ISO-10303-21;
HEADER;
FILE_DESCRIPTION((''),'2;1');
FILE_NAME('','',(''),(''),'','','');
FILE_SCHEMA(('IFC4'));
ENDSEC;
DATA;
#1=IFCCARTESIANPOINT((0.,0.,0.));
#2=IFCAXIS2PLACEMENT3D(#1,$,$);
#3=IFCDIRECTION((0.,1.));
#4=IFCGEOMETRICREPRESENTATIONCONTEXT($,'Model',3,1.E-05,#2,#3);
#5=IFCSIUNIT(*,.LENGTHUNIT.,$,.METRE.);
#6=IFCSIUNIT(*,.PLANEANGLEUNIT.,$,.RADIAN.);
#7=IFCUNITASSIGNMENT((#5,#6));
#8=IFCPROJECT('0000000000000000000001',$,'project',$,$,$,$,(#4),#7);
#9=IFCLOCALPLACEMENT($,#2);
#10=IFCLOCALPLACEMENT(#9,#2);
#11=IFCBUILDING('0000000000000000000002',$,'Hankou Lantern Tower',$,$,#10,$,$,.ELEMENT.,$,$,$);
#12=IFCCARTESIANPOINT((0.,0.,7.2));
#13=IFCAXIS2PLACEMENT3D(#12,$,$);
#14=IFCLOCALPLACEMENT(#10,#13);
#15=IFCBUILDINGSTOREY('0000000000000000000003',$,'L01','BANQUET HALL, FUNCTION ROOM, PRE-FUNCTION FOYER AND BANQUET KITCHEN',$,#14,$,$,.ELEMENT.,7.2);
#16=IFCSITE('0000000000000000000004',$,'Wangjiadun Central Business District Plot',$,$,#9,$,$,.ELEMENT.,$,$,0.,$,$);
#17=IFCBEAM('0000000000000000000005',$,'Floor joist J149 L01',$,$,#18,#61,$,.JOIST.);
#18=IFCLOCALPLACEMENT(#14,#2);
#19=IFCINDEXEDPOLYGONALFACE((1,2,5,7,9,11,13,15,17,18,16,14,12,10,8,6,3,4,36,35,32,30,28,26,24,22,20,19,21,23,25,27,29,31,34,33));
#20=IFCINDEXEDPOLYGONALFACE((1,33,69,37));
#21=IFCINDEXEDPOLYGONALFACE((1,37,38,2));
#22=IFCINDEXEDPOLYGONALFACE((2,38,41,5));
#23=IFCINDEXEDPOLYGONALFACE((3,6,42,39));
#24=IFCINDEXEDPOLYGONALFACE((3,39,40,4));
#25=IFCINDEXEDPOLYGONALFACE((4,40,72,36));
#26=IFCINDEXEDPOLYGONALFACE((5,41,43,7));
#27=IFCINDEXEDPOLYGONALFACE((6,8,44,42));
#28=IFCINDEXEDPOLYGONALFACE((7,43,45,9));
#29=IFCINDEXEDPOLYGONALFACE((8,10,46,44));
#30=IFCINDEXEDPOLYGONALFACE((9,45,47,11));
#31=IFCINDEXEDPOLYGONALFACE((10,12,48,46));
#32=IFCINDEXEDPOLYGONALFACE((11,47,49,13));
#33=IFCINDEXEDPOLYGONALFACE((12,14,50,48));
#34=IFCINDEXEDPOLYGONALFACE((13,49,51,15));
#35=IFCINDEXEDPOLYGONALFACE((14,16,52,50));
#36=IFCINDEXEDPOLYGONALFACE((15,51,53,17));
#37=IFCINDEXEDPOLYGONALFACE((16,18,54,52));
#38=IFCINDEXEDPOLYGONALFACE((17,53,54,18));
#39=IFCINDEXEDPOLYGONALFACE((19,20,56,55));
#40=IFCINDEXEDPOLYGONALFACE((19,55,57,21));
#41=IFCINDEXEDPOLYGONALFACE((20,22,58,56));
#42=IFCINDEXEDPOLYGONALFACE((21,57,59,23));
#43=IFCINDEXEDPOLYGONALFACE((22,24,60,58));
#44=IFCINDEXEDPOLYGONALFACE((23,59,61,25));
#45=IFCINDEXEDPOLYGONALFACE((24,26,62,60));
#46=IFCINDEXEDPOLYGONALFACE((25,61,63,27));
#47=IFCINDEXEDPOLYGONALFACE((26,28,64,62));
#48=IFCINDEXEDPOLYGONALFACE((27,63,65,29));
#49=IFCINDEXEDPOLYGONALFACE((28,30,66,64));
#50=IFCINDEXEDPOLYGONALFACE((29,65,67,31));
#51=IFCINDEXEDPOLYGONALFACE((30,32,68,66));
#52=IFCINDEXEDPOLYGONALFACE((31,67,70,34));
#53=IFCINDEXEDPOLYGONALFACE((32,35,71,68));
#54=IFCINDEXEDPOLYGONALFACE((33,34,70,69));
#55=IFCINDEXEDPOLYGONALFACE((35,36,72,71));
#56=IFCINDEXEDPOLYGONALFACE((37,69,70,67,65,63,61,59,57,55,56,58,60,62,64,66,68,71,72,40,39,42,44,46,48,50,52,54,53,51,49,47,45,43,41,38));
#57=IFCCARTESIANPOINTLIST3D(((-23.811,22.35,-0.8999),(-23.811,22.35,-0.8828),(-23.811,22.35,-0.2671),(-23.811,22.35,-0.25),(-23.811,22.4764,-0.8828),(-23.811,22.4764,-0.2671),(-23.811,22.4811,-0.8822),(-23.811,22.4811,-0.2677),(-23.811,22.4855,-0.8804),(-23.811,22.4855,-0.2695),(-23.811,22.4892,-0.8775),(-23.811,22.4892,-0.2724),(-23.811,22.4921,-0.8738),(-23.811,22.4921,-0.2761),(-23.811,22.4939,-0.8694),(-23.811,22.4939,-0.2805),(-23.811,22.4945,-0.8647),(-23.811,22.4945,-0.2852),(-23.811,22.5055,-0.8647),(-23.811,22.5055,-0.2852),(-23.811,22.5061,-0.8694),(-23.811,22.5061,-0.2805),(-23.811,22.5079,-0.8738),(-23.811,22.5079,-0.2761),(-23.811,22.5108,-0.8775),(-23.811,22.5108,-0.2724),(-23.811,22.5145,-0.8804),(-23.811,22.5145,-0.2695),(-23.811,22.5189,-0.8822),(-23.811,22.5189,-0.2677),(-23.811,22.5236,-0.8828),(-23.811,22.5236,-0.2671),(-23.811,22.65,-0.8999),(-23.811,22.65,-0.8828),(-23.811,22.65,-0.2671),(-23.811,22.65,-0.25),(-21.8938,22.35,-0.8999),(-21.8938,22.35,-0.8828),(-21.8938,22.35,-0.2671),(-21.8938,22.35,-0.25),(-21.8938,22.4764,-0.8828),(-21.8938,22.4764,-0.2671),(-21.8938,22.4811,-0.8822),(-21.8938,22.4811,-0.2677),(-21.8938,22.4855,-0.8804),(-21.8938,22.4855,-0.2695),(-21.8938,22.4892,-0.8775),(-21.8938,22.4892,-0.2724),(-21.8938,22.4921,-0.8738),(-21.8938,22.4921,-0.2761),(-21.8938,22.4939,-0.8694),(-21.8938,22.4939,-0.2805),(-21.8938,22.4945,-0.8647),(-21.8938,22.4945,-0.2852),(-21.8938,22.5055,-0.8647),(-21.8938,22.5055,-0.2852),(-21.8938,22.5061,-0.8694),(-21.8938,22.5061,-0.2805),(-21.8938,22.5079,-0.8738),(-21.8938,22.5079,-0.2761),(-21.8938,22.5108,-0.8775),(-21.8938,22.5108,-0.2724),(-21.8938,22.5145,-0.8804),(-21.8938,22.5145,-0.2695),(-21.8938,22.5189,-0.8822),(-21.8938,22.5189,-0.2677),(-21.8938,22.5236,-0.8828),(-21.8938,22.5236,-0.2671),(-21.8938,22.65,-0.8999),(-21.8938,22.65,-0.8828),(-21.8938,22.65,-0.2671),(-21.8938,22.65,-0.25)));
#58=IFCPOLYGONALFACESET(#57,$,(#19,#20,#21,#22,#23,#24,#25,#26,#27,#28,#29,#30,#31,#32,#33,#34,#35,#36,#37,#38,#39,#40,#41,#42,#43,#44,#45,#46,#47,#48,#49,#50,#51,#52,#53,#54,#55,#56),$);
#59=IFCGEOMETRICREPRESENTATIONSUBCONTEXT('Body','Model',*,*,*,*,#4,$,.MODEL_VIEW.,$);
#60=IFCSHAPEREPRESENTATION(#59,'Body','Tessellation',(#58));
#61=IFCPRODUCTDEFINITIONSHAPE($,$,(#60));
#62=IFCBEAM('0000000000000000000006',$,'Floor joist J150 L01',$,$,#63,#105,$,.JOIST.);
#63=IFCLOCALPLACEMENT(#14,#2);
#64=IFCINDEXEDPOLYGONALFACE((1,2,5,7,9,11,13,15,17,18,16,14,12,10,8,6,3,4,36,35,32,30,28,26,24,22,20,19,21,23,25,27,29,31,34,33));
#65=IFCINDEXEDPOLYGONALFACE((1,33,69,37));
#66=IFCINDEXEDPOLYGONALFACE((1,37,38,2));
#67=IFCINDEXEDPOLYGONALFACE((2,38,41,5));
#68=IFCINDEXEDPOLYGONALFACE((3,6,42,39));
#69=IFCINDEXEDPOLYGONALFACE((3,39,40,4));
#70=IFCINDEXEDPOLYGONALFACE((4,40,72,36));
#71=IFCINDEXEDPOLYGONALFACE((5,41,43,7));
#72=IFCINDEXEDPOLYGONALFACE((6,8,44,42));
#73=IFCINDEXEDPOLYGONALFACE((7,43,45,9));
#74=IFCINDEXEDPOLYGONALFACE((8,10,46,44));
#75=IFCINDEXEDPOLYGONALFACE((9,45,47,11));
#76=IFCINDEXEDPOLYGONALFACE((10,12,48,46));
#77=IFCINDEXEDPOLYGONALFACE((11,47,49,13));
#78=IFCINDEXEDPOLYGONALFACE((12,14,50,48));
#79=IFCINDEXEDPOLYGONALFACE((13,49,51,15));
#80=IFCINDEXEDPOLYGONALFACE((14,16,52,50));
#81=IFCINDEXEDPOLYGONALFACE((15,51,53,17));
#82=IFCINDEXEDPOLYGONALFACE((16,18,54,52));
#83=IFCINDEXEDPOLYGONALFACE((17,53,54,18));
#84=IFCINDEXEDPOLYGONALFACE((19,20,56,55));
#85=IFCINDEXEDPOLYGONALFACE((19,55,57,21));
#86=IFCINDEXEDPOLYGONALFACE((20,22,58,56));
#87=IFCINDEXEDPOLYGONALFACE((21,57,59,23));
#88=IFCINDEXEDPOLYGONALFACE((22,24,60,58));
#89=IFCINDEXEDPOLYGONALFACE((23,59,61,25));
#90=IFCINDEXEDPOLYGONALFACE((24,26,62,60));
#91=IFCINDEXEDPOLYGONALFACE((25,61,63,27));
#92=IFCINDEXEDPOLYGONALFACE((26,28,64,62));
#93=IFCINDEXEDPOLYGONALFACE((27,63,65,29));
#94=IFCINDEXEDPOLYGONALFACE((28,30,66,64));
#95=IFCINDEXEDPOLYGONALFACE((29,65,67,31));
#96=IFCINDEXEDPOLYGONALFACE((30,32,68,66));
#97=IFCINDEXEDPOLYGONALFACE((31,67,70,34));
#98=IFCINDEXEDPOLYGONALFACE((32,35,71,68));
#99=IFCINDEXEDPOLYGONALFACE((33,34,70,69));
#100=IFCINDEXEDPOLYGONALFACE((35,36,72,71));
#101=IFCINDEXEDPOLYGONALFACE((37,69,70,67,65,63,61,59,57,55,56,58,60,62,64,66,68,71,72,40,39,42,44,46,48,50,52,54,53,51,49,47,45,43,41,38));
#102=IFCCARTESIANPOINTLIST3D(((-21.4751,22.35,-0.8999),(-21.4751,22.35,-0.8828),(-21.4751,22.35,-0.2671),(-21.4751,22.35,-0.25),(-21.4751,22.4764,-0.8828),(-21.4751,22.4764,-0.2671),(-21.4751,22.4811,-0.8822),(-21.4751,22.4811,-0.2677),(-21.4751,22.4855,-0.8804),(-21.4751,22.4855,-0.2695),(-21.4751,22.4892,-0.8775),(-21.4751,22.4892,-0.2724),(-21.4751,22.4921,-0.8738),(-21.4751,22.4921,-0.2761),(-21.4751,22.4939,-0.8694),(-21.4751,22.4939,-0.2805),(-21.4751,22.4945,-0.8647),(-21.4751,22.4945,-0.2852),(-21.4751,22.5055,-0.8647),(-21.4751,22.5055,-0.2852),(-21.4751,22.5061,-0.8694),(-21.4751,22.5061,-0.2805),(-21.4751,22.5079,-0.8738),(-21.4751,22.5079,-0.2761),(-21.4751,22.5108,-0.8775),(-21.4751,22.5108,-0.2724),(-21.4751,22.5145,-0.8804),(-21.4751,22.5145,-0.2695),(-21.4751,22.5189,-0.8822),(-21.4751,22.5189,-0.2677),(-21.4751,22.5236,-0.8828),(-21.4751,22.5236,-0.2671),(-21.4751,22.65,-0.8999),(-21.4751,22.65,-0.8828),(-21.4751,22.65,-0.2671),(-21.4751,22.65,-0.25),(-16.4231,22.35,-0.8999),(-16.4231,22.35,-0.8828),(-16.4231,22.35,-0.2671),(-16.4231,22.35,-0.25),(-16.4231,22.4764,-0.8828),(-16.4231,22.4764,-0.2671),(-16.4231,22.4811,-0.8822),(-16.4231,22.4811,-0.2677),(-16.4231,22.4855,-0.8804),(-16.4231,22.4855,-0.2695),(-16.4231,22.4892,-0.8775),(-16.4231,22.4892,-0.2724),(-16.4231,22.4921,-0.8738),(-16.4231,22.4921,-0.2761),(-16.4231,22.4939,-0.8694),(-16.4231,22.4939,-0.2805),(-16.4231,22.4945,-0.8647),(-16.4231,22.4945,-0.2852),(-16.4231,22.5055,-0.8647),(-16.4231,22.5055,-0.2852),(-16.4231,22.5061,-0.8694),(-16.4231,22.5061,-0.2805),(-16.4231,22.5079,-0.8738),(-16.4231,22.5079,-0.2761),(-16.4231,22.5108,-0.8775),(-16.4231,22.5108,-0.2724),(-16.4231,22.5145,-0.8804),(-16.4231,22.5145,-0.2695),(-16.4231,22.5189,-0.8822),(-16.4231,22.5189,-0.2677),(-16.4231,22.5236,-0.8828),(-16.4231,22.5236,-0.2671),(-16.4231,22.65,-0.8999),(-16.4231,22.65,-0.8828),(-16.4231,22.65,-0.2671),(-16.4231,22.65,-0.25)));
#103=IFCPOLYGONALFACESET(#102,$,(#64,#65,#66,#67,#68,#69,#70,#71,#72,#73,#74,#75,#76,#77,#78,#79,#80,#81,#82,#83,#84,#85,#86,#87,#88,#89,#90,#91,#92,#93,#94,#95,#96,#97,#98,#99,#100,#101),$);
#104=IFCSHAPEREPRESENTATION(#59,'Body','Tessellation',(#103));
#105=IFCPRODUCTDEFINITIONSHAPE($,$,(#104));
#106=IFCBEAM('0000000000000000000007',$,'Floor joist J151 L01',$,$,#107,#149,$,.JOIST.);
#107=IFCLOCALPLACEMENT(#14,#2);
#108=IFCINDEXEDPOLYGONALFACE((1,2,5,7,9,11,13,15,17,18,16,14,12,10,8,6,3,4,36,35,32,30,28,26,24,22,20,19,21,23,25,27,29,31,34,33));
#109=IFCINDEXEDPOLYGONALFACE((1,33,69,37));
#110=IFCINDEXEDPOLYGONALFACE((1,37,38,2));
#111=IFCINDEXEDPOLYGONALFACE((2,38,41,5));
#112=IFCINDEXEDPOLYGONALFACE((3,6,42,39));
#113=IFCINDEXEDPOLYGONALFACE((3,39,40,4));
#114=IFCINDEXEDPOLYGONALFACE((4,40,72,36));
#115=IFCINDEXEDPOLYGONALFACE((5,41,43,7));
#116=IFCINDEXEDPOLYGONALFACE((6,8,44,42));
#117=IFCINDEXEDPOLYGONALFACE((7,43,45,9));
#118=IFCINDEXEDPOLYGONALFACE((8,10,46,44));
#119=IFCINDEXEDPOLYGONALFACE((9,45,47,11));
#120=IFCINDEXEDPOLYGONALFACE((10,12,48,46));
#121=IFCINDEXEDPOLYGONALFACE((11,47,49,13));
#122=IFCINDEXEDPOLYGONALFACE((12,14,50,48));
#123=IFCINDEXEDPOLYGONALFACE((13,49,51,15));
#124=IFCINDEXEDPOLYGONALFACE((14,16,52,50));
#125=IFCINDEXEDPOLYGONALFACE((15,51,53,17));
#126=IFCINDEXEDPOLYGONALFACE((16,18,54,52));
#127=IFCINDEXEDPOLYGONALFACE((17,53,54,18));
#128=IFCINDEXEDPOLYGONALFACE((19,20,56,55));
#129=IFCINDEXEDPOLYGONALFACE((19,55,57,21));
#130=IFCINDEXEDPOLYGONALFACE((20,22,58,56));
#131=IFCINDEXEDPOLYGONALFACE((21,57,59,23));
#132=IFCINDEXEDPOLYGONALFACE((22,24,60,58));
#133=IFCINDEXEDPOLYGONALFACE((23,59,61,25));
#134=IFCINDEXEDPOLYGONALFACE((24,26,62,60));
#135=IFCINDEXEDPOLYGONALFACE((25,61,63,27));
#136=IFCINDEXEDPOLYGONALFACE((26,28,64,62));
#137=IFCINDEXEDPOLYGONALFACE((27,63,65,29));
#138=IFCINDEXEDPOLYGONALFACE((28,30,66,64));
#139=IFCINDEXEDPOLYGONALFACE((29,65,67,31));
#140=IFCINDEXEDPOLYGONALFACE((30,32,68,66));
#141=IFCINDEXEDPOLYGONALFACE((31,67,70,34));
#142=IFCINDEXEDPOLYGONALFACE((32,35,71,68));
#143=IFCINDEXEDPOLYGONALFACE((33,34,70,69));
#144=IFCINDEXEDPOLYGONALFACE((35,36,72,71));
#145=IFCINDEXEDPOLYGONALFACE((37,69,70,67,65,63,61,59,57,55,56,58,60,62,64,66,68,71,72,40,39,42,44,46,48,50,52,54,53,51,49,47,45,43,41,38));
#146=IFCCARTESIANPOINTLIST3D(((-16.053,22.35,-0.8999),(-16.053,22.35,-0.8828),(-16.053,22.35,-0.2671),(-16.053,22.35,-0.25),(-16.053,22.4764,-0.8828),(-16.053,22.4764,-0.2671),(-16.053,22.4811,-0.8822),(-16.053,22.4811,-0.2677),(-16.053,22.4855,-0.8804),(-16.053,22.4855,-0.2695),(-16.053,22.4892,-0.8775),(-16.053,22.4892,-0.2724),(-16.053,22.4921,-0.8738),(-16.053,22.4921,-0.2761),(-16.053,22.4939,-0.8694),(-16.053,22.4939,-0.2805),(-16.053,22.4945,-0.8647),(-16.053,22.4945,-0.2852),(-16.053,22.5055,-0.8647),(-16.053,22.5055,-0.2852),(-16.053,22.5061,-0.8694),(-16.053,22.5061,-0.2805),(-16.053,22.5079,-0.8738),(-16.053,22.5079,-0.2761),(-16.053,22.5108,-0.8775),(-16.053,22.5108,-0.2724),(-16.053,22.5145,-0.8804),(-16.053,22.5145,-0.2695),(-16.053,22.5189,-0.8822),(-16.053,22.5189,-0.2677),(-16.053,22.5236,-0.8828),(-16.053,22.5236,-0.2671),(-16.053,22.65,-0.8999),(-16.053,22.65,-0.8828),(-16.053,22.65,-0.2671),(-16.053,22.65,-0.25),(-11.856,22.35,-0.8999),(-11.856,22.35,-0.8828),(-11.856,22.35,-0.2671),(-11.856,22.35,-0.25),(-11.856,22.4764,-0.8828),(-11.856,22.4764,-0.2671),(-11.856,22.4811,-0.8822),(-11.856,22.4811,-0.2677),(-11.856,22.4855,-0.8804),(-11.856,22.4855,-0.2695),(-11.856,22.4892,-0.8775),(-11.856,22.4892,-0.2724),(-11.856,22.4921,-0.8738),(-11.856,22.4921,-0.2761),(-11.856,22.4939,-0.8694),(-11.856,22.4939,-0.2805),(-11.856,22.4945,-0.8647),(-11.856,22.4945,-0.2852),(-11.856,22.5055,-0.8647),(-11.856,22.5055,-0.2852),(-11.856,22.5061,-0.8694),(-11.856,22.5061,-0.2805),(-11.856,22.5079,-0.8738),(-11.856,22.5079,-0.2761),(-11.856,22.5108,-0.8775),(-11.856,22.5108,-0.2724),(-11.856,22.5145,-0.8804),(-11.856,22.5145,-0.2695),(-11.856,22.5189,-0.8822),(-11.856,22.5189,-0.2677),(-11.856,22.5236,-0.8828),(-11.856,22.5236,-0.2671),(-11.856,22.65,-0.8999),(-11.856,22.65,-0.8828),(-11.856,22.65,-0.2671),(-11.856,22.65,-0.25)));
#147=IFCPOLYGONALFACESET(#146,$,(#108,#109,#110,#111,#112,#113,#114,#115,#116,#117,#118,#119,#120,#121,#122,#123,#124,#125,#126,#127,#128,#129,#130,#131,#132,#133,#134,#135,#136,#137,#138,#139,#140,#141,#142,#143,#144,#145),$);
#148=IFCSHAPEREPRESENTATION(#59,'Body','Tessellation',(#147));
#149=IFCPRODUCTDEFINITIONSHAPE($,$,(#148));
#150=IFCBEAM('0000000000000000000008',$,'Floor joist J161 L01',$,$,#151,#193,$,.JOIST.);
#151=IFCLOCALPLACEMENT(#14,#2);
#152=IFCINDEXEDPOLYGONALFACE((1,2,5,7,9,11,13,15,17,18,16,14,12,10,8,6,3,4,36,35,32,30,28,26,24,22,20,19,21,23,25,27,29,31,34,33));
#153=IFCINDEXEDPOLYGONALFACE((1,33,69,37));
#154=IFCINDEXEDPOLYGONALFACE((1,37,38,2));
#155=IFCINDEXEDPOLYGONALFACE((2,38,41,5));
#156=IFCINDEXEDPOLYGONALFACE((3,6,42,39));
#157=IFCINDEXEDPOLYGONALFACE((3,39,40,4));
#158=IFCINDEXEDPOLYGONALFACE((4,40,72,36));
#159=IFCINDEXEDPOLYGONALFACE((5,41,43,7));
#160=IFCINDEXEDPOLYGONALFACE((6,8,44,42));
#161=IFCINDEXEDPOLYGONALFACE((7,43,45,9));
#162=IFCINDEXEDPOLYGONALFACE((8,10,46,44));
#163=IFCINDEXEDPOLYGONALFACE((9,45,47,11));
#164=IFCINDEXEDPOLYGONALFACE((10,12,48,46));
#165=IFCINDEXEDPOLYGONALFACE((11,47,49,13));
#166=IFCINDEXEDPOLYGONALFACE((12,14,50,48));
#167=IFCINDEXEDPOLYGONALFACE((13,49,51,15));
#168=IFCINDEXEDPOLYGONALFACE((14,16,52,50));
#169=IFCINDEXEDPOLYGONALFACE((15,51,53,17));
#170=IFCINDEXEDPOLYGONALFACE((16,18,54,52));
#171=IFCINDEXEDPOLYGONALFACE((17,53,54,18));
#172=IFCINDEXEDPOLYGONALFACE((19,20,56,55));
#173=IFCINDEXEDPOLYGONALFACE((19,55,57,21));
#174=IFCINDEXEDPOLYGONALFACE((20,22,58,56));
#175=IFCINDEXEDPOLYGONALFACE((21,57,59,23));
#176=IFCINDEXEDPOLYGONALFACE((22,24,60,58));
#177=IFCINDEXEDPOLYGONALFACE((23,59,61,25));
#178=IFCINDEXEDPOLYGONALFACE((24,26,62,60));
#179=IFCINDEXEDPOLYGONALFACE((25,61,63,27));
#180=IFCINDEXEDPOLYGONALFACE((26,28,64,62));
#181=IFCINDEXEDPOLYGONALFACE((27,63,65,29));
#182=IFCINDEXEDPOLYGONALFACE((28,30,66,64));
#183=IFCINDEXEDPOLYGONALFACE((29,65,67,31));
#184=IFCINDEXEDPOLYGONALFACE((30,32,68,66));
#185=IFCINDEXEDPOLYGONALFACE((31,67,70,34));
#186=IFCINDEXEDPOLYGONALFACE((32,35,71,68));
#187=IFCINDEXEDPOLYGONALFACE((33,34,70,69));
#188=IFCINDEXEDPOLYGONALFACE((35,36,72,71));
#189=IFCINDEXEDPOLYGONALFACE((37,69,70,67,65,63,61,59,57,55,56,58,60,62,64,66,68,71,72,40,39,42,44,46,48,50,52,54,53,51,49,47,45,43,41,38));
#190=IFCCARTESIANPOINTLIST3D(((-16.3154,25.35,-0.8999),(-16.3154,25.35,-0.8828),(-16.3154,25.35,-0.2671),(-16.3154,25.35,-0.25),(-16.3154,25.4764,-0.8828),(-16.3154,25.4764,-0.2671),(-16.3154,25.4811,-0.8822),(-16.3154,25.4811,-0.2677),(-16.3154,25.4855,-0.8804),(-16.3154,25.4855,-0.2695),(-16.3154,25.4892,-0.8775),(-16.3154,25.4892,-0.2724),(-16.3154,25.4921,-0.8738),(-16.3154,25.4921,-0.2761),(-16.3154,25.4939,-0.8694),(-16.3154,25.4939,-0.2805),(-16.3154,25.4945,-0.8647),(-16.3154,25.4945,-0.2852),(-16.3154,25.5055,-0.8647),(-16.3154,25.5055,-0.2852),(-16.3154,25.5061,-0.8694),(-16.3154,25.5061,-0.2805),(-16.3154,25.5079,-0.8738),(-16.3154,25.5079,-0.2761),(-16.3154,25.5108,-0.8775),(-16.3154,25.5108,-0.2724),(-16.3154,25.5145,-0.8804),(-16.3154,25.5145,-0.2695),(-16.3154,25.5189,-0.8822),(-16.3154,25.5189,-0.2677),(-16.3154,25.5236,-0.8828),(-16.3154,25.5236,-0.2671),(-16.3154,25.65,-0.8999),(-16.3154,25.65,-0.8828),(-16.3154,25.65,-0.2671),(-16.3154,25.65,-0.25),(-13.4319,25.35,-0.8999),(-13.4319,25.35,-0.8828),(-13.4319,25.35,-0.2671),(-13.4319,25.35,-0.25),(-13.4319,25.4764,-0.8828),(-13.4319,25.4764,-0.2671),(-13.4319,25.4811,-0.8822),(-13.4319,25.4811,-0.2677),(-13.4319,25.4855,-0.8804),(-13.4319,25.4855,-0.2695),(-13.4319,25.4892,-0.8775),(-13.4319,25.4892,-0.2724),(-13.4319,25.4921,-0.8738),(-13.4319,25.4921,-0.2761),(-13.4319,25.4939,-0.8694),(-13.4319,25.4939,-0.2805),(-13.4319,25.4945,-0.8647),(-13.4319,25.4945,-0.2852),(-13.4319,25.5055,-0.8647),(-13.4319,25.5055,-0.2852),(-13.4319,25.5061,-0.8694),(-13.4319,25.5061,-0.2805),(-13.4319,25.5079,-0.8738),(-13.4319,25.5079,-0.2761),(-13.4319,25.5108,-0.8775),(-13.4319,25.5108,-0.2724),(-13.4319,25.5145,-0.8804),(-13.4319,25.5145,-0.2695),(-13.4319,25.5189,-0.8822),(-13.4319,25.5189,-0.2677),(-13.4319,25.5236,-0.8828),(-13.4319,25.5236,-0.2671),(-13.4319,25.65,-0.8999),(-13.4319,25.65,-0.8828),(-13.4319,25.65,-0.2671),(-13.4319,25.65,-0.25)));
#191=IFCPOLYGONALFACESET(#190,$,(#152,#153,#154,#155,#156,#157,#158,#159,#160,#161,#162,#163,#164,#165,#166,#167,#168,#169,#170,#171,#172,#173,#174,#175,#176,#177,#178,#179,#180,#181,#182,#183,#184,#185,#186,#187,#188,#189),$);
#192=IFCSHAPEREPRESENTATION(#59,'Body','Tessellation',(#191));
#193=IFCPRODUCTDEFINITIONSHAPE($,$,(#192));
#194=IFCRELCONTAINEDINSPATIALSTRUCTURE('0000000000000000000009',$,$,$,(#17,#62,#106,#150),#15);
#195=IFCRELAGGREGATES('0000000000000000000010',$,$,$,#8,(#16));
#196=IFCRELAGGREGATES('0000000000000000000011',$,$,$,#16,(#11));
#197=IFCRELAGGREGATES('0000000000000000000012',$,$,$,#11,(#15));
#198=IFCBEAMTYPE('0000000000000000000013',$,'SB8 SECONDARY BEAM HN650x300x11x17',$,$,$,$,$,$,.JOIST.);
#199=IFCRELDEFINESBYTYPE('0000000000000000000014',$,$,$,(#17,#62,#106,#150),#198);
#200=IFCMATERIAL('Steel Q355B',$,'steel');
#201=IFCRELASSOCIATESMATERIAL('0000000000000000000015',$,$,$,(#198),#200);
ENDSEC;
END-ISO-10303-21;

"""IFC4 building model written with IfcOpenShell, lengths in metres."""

from ifc_helpers import new_model, si_unit, direction, frame, origin, origin_2d, place, context, subcontext, project, spatial, i_section, extrude, material, material_profile, profile_set, type_object, element, save


model = new_model("IFC4")

# Units and contexts
model_context = context("Model", 3, precision=1e-05, world=origin(), true_north=direction((0.0, 1.0)))
body_context = subcontext(model_context, "Body", "Model", "MODEL_VIEW")
ifc_project = project(units=[si_unit("LENGTHUNIT", "METRE"), si_unit("PLANEANGLEUNIT", "RADIAN")], contexts=[model_context])

# Site, building, storey
site_placement = place(None, origin())
site = spatial("IfcSite", under=ifc_project, at=site_placement, Name="Wangjiadun Central Business District Plot", CompositionType="ELEMENT", RefElevation=0.0)
building_placement = place(site_placement, origin())
building = spatial("IfcBuilding", under=site, at=building_placement, Name="Hankou Lantern Tower", CompositionType="ELEMENT")
storey_placement = place(building_placement, frame((0.0, 0.0, 7.2)))
storey = spatial("IfcBuildingStorey", under=building, at=storey_placement, Name="L01", Description="BANQUET HALL, FUNCTION ROOM, PRE-FUNCTION FOYER AND BANQUET KITCHEN", CompositionType="ELEMENT", Elevation=7.2)

# Beams
ifc_material_1 = material(Name="Steel Q355B", Category="steel")
ifc_material_profile_1 = material_profile(ifc_material_1, i_section(OverallWidth=0.3, OverallDepth=0.6499, WebThickness=0.011, FlangeThickness=0.0171, FilletRadius=0.0181, at=origin_2d()), Name="HN650x300x11x17")
ifc_profile_set_1 = profile_set([ifc_material_profile_1], Name="Steel Q355B")
beam_type_1 = type_object("IfcBeamType", Name="SB8 SECONDARY BEAM HN650x300x11x17", PredefinedType="JOIST", material=ifc_profile_set_1)
beam_1_placement = place(storey_placement, frame((-23.811, 22.5, -0.575), z_axis=(1.0, 0.0, 0.0), x_axis=(0.0, 1.0, 0.0)))
element("IfcBeam", 1, at=beam_1_placement, inside=storey, type_object=beam_type_1, Name="Floor joist J149 L01", PredefinedType="JOIST", context=body_context, shape_type="SweptSolid", body=[
    extrude(i_section(OverallWidth=0.3, OverallDepth=0.6499, WebThickness=0.011, FlangeThickness=0.0171, FilletRadius=0.0181, at=origin_2d()), origin(), (0.0, 0.0, 1.0), 1.9172),
])
beam_2_placement = place(storey_placement, frame((-21.4751, 22.5, -0.575), z_axis=(1.0, 0.0, 0.0), x_axis=(0.0, 1.0, 0.0)))
element("IfcBeam", 2, at=beam_2_placement, inside=storey, type_object=beam_type_1, Name="Floor joist J150 L01", PredefinedType="JOIST", context=body_context, shape_type="SweptSolid", body=[
    extrude(i_section(OverallWidth=0.3, OverallDepth=0.6499, WebThickness=0.011, FlangeThickness=0.0171, FilletRadius=0.0181, at=origin_2d()), origin(), (0.0, 0.0, 1.0), 5.052),
])
beam_3_placement = place(storey_placement, frame((-16.053, 22.5, -0.575), z_axis=(1.0, 0.0, 0.0), x_axis=(0.0, 1.0, 0.0)))
element("IfcBeam", 3, at=beam_3_placement, inside=storey, type_object=beam_type_1, Name="Floor joist J151 L01", PredefinedType="JOIST", context=body_context, shape_type="SweptSolid", body=[
    extrude(i_section(OverallWidth=0.3, OverallDepth=0.6499, WebThickness=0.011, FlangeThickness=0.0171, FilletRadius=0.0181, at=origin_2d()), origin(), (0.0, 0.0, 1.0), 4.197),
])
beam_4_placement = place(storey_placement, frame((-16.3154, 25.5, -0.575), z_axis=(1.0, 0.0, 0.0), x_axis=(0.0, 1.0, 0.0)))
element("IfcBeam", 4, at=beam_4_placement, inside=storey, type_object=beam_type_1, Name="Floor joist J161 L01", PredefinedType="JOIST", context=body_context, shape_type="SweptSolid", body=[
    extrude(i_section(OverallWidth=0.3, OverallDepth=0.6499, WebThickness=0.011, FlangeThickness=0.0171, FilletRadius=0.0181, at=origin_2d()), origin(), (0.0, 0.0, 1.0), 2.8835),
])

save(model, "model.ifc")
